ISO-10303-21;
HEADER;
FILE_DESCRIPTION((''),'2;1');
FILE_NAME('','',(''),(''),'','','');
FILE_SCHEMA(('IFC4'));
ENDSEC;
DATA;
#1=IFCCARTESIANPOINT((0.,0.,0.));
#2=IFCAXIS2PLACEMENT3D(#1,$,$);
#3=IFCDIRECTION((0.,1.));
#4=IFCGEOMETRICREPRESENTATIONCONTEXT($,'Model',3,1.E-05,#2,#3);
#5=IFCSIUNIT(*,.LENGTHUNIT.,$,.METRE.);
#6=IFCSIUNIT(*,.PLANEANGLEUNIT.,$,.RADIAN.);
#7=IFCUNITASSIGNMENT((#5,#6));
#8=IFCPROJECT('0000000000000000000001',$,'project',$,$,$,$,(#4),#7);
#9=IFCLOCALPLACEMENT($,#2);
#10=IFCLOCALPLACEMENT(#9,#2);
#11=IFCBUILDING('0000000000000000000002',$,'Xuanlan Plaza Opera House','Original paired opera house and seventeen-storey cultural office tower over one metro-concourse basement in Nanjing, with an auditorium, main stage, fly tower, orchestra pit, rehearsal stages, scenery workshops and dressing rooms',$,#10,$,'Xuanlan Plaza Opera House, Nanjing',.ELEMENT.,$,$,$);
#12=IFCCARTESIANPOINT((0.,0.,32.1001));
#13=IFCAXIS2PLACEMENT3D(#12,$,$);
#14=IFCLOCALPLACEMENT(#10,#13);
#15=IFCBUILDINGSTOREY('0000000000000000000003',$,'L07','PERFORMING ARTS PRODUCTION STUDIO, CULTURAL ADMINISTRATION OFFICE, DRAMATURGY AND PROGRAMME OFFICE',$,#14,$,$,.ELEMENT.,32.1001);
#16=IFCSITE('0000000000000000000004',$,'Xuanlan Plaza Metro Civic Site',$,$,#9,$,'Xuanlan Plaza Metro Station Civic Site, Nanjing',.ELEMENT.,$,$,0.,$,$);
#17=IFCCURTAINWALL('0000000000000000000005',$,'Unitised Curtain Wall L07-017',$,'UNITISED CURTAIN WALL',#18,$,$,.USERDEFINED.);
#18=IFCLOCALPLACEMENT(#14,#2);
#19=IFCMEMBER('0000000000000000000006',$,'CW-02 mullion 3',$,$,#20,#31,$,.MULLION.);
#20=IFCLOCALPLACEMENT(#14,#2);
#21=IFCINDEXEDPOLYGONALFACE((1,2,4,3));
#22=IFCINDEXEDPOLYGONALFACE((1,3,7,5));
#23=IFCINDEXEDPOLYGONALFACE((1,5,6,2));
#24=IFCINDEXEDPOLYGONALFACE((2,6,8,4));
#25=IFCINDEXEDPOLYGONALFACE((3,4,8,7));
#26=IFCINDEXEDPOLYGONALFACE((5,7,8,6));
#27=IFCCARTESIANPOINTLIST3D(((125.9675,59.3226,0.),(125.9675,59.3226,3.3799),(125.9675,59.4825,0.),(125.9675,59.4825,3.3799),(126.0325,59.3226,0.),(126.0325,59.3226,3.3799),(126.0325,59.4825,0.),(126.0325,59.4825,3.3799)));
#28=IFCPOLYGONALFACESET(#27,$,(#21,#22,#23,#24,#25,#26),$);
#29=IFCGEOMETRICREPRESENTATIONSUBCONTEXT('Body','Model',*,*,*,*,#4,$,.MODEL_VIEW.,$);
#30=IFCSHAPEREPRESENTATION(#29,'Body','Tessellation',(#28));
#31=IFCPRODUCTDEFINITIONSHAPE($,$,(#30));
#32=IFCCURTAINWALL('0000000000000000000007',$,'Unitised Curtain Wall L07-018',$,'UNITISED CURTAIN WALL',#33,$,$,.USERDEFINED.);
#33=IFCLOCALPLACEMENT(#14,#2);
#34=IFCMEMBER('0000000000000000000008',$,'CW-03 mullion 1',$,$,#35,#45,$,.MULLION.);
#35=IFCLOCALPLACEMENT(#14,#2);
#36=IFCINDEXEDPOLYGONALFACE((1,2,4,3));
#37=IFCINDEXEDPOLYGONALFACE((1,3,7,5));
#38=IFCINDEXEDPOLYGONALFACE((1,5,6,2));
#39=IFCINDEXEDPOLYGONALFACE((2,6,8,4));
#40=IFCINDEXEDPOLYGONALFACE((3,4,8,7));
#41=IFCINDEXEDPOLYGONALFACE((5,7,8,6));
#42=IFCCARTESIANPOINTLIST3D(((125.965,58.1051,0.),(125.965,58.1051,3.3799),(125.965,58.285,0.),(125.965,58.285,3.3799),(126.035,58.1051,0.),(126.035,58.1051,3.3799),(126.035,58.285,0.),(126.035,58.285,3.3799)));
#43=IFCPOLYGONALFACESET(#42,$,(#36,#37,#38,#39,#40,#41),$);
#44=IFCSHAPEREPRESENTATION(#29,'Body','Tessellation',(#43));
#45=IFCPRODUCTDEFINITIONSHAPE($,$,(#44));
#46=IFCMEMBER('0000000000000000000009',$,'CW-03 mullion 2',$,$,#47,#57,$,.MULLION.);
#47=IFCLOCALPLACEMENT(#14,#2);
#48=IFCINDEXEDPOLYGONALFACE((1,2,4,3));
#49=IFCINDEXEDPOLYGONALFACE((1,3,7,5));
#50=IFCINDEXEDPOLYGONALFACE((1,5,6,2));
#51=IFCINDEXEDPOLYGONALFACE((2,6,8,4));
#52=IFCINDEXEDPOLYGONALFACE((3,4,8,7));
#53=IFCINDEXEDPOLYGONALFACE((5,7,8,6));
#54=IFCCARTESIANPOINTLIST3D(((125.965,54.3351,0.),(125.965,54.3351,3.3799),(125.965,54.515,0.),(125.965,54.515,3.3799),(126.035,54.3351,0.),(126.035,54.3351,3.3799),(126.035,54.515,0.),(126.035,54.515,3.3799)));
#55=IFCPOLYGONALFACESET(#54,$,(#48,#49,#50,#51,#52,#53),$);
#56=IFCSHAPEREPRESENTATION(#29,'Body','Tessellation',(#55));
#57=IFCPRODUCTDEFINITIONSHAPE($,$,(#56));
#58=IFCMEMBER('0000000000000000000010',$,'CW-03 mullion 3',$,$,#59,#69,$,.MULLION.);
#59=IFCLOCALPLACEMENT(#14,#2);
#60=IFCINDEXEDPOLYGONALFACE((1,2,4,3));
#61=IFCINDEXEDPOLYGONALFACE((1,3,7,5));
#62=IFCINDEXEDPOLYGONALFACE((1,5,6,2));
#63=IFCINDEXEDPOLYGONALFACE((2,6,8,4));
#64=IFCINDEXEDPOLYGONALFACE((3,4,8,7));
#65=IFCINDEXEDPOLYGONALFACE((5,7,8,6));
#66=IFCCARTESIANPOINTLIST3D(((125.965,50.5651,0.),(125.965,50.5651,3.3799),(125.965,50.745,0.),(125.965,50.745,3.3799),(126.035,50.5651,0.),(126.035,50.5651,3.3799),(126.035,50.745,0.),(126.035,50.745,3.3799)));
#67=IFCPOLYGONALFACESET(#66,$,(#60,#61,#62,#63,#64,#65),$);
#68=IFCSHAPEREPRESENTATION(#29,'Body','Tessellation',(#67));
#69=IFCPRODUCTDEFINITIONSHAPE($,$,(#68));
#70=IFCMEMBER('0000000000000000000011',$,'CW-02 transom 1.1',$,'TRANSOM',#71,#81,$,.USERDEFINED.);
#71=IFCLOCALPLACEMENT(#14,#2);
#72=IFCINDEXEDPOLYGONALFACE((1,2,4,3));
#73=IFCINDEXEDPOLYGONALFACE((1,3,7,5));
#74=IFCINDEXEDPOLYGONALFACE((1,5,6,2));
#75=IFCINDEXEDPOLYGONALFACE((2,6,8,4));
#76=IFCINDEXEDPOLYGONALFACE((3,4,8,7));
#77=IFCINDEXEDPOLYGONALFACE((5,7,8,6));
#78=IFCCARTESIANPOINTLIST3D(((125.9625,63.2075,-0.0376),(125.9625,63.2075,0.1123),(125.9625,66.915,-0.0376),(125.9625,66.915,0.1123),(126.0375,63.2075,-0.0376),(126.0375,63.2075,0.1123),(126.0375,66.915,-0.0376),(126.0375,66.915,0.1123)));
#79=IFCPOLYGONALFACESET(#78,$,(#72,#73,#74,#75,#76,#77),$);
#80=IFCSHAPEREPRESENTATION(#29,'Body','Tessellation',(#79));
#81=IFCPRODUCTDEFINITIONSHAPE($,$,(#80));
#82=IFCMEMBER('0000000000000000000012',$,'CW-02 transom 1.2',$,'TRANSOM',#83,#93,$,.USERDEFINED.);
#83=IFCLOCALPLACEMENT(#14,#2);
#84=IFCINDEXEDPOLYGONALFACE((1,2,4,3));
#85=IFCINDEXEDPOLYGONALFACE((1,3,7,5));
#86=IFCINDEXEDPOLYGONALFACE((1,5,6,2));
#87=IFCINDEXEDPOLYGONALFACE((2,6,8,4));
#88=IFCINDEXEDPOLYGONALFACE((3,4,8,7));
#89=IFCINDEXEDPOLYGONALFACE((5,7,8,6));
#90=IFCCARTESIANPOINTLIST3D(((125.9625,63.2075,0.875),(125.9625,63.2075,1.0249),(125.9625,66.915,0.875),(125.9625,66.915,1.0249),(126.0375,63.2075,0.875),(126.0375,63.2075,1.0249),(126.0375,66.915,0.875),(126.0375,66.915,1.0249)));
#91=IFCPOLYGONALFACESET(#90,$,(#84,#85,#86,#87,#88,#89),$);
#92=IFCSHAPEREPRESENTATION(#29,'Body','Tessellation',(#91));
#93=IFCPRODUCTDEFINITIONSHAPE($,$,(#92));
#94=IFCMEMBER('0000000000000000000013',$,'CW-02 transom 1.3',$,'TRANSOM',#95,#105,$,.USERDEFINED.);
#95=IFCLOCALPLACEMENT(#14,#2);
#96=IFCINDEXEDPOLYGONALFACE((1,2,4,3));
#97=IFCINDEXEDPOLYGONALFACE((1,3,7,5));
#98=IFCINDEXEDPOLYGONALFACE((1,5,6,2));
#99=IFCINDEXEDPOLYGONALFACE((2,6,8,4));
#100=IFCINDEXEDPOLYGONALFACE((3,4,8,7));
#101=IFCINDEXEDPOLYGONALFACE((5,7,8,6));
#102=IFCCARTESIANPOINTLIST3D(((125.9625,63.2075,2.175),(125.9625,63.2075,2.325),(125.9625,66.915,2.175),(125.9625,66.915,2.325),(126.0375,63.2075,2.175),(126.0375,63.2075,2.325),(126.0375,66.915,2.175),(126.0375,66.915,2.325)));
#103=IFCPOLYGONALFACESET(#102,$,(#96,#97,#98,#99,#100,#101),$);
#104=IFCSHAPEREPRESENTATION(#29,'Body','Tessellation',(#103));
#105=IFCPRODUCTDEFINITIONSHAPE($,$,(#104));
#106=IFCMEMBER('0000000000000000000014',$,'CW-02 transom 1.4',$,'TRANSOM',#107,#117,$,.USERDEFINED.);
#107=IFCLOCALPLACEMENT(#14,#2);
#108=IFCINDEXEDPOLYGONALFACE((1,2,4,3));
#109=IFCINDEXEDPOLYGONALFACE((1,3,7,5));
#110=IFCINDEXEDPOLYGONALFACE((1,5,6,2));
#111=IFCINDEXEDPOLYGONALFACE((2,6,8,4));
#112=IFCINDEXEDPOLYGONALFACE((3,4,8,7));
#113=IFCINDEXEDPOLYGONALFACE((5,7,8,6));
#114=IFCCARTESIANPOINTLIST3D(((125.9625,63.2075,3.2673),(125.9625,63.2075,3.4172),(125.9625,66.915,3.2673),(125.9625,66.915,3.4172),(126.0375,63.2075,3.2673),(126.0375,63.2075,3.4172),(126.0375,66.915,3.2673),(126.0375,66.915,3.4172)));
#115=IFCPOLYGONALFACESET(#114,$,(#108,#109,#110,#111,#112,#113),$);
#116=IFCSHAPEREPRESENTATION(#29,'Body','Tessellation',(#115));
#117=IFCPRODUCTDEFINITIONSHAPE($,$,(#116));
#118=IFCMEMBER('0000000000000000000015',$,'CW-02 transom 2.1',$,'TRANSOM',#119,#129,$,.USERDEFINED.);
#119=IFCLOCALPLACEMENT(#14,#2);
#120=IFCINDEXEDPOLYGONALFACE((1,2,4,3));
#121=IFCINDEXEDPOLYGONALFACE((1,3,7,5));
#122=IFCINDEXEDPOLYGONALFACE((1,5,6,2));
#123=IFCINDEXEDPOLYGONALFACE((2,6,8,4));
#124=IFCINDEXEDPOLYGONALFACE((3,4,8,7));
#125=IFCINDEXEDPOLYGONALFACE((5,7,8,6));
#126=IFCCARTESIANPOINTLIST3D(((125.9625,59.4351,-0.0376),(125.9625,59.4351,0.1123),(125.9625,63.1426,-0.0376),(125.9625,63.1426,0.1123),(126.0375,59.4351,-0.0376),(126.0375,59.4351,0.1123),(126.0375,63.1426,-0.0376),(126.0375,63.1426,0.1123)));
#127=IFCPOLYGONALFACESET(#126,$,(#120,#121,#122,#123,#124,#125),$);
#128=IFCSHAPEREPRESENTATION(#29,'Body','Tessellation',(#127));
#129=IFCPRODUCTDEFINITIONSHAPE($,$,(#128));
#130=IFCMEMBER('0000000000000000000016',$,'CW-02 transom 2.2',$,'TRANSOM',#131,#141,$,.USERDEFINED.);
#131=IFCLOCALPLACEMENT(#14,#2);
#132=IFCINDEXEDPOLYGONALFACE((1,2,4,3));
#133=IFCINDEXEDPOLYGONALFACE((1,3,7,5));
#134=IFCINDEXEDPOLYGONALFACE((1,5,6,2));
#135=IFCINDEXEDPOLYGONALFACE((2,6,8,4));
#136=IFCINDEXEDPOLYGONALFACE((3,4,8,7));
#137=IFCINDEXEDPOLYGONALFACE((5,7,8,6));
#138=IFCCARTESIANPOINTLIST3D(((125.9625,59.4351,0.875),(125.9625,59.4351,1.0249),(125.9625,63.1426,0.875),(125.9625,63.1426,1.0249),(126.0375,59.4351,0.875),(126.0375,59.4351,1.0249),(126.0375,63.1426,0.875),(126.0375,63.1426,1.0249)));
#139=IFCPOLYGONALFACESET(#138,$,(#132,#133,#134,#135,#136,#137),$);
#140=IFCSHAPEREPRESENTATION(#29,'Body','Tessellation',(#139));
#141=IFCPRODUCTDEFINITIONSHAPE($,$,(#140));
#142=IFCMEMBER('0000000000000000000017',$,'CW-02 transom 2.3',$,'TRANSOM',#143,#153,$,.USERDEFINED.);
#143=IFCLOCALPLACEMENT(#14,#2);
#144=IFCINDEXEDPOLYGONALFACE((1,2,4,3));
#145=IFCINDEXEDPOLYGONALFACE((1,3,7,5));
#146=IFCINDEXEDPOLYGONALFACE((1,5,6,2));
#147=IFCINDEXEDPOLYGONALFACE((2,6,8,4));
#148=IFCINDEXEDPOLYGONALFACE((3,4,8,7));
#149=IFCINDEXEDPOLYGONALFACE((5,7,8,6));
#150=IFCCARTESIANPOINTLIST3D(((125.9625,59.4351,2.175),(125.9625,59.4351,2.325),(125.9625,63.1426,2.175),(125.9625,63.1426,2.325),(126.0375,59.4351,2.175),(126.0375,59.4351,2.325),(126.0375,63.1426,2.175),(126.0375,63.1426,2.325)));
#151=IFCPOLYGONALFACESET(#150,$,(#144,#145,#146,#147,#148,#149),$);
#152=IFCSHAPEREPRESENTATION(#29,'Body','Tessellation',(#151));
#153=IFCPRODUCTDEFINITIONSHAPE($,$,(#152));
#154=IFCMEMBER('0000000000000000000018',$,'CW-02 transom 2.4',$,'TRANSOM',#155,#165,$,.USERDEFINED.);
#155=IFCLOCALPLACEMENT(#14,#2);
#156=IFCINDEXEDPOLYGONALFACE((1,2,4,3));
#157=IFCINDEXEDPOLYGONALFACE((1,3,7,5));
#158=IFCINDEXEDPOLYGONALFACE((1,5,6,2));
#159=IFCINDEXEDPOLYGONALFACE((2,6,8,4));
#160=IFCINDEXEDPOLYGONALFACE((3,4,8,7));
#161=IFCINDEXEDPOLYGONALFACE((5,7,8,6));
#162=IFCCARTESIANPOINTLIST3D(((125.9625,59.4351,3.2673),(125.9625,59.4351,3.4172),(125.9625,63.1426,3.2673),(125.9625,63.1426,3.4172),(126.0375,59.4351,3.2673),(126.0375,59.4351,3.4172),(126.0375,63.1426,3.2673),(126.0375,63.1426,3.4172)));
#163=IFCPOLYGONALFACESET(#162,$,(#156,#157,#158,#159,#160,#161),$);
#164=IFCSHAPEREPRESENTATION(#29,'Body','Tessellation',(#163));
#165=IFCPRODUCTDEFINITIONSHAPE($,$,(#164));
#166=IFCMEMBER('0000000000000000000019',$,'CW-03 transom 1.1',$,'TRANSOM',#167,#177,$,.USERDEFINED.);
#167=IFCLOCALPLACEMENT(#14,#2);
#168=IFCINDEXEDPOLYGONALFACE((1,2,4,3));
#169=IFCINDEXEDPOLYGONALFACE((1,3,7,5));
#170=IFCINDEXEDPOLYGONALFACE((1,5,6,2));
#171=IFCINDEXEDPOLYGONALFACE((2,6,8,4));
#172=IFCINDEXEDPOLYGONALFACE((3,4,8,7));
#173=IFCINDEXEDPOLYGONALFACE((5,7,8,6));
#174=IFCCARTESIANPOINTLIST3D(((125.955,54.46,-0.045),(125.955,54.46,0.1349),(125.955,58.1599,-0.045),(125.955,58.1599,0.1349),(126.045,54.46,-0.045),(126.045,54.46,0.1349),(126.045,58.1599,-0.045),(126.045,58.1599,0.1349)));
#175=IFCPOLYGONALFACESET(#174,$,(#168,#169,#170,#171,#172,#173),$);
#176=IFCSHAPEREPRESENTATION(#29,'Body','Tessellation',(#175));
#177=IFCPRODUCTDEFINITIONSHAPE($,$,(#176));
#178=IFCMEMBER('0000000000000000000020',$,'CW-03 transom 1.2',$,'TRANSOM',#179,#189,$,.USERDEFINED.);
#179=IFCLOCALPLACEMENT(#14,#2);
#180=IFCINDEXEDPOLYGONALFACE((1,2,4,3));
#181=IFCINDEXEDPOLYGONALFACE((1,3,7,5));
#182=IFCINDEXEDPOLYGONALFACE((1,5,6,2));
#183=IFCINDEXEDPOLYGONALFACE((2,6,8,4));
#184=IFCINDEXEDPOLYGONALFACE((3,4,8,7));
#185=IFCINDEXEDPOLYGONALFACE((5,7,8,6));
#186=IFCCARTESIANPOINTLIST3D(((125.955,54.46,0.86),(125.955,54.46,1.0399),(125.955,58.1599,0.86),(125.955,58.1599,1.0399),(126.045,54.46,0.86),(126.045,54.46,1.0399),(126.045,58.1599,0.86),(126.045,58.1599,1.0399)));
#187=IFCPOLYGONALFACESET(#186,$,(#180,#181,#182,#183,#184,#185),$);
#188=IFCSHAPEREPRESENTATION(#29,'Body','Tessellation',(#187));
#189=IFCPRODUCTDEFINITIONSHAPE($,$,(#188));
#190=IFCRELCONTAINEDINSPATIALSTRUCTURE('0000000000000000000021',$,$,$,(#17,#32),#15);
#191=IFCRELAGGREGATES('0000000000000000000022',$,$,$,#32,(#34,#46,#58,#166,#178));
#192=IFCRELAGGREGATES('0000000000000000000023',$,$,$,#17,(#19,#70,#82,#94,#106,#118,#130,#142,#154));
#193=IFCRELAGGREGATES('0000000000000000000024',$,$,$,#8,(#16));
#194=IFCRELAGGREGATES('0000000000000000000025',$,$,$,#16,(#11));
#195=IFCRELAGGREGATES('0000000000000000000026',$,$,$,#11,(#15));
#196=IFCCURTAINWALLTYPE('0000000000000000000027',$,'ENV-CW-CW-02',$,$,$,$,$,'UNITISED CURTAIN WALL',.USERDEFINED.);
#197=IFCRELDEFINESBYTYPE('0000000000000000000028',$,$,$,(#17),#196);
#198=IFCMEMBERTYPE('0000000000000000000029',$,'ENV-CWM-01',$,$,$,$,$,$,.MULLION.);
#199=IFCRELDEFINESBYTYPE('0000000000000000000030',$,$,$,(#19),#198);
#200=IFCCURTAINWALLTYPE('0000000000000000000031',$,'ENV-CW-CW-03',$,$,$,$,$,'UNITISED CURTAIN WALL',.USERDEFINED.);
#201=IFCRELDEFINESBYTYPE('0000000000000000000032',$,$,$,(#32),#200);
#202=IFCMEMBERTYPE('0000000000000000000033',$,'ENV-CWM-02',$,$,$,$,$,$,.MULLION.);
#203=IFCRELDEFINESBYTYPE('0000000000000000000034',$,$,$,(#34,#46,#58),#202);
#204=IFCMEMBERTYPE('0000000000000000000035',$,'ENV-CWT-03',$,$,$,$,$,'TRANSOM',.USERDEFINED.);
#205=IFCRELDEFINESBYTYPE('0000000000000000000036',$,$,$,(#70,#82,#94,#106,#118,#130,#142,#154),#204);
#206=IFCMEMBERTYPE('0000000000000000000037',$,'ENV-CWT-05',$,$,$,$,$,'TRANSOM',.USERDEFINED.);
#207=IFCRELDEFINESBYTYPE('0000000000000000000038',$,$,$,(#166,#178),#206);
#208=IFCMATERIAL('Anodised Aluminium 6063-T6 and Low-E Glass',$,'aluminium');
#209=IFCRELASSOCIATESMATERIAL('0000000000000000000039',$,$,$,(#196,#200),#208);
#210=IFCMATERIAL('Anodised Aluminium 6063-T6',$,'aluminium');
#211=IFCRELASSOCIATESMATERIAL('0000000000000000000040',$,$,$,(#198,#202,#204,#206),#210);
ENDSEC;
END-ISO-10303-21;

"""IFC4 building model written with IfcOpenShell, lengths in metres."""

from ifc_helpers import new_model, si_unit, direction, frame, origin, origin_2d, place, context, subcontext, project, spatial, rectangle, extrude, material, material_profile, profile_set, type_object, element, aggregate, save


model = new_model("IFC4")

# Units and contexts
model_context = context("Model", 3, precision=1e-05, world=origin(), true_north=direction((0.0, 1.0)))
body_context = subcontext(model_context, "Body", "Model", "MODEL_VIEW")
ifc_project = project(units=[si_unit("LENGTHUNIT", "METRE"), si_unit("PLANEANGLEUNIT", "RADIAN")], contexts=[model_context])

# Site, building, storey
site_placement = place(None, origin())
site = spatial("IfcSite", under=ifc_project, at=site_placement, Name="Xuanlan Plaza Metro Civic Site", LongName="Xuanlan Plaza Metro Station Civic Site, Nanjing", CompositionType="ELEMENT", RefElevation=0.0)
building_placement = place(site_placement, origin())
building = spatial("IfcBuilding", under=site, at=building_placement, Name="Xuanlan Plaza Opera House", Description="Original paired opera house and seventeen-storey cultural office tower over one metro-concourse basement in Nanjing, with an auditorium, main stage, fly tower, orchestra pit, rehearsal stages, scenery workshops and dressing rooms", LongName="Xuanlan Plaza Opera House, Nanjing", CompositionType="ELEMENT")
storey_placement = place(building_placement, frame((0.0, 0.0, 32.1001)))
storey = spatial("IfcBuildingStorey", under=building, at=storey_placement, Name="L07", Description="PERFORMING ARTS PRODUCTION STUDIO, CULTURAL ADMINISTRATION OFFICE, DRAMATURGY AND PROGRAMME OFFICE", CompositionType="ELEMENT", Elevation=32.1001)

# Curtain walls, members
ifc_material_1 = material(Name="Anodised Aluminium 6063-T6 and Low-E Glass", Category="aluminium")
curtain_wall_type_1 = type_object("IfcCurtainWallType", Name="ENV-CW-CW-02", ElementType="UNITISED CURTAIN WALL", PredefinedType="USERDEFINED", material=ifc_material_1)
curtain_wall_1_placement = place(storey_placement, origin())
curtain_wall_1 = element("IfcCurtainWall", 1, at=curtain_wall_1_placement, inside=storey, type_object=curtain_wall_type_1, Name="Unitised Curtain Wall L07-017", ObjectType="UNITISED CURTAIN WALL", PredefinedType="USERDEFINED")
ifc_material_2 = material(Name="Anodised Aluminium 6063-T6", Category="aluminium")
ifc_material_profile_1 = material_profile(ifc_material_2, rectangle(XDim=0.0649, YDim=0.1599, at=origin_2d()), Name="ALU-M 65x160")
ifc_profile_set_1 = profile_set([ifc_material_profile_1], Name="Anodised Aluminium 6063-T6")
member_type_1 = type_object("IfcMemberType", Name="ENV-CWM-01", PredefinedType="MULLION", material=ifc_profile_set_1)
member_1_placement = place(storey_placement, frame((126.0, 59.4026, 0.0), z_axis=(0.0, 0.0, 1.0), x_axis=(1.0, 0.0, 0.0)))
member_1 = element("IfcMember", 2, at=member_1_placement, type_object=member_type_1, Name="CW-02 mullion 3", PredefinedType="MULLION", context=body_context, shape_type="SweptSolid", body=[
    extrude(rectangle(XDim=0.0649, YDim=0.1599, at=origin_2d()), origin(), (0.0, 0.0, 1.0), 3.3799),
])
curtain_wall_type_2 = type_object("IfcCurtainWallType", Name="ENV-CW-CW-03", ElementType="UNITISED CURTAIN WALL", PredefinedType="USERDEFINED", material=ifc_material_1)
curtain_wall_2_placement = place(storey_placement, origin())
curtain_wall_2 = element("IfcCurtainWall", 3, at=curtain_wall_2_placement, inside=storey, type_object=curtain_wall_type_2, Name="Unitised Curtain Wall L07-018", ObjectType="UNITISED CURTAIN WALL", PredefinedType="USERDEFINED")
ifc_material_profile_2 = material_profile(ifc_material_2, rectangle(XDim=0.0701, YDim=0.1799, at=origin_2d()), Name="ALU-M 70x180")
ifc_profile_set_2 = profile_set([ifc_material_profile_2], Name="Anodised Aluminium 6063-T6")
member_type_2 = type_object("IfcMemberType", Name="ENV-CWM-02", PredefinedType="MULLION", material=ifc_profile_set_2)
member_2_placement = place(storey_placement, frame((126.0, 58.1951, 0.0), z_axis=(0.0, 0.0, 1.0), x_axis=(1.0, 0.0, 0.0)))
member_2 = element("IfcMember", 4, at=member_2_placement, type_object=member_type_2, Name="CW-03 mullion 1", PredefinedType="MULLION", context=body_context, shape_type="SweptSolid", body=[
    extrude(rectangle(XDim=0.0701, YDim=0.1799, at=origin_2d()), origin(), (0.0, 0.0, 1.0), 3.3799),
])
member_3_placement = place(storey_placement, frame((126.0, 54.425, 0.0), z_axis=(0.0, 0.0, 1.0), x_axis=(1.0, 0.0, 0.0)))
member_3 = element("IfcMember", 5, at=member_3_placement, type_object=member_type_2, Name="CW-03 mullion 2", PredefinedType="MULLION", context=body_context, shape_type="SweptSolid", body=[
    extrude(rectangle(XDim=0.0701, YDim=0.1799, at=origin_2d()), origin(), (0.0, 0.0, 1.0), 3.3799),
])
member_4_placement = place(storey_placement, frame((126.0, 50.655, 0.0), z_axis=(0.0, 0.0, 1.0), x_axis=(1.0, 0.0, 0.0)))
member_4 = element("IfcMember", 6, at=member_4_placement, type_object=member_type_2, Name="CW-03 mullion 3", PredefinedType="MULLION", context=body_context, shape_type="SweptSolid", body=[
    extrude(rectangle(XDim=0.0701, YDim=0.1799, at=origin_2d()), origin(), (0.0, 0.0, 1.0), 3.3799),
])

# Members
ifc_material_profile_3 = material_profile(ifc_material_2, rectangle(XDim=0.075, YDim=0.1499, at=origin_2d()), Name="ALU-T 75x150")
ifc_profile_set_3 = profile_set([ifc_material_profile_3], Name="Anodised Aluminium 6063-T6")
member_type_3 = type_object("IfcMemberType", Name="ENV-CWT-03", ElementType="TRANSOM", PredefinedType="USERDEFINED", material=ifc_profile_set_3)
member_5_placement = place(storey_placement, frame((126.0, 66.915, 0.0374), z_axis=(0.0, -1.0, 0.0), x_axis=(1.0, 0.0, 0.0)))
member_5 = element("IfcMember", 7, at=member_5_placement, type_object=member_type_3, Name="CW-02 transom 1.1", ObjectType="TRANSOM", PredefinedType="USERDEFINED", context=body_context, shape_type="SweptSolid", body=[
    extrude(rectangle(XDim=0.075, YDim=0.1499, at=origin_2d()), origin(), (0.0, 0.0, 1.0), 3.7075),
])
member_6_placement = place(storey_placement, frame((126.0, 66.915, 0.95), z_axis=(0.0, -1.0, 0.0), x_axis=(1.0, 0.0, 0.0)))
member_6 = element("IfcMember", 8, at=member_6_placement, type_object=member_type_3, Name="CW-02 transom 1.2", ObjectType="TRANSOM", PredefinedType="USERDEFINED", context=body_context, shape_type="SweptSolid", body=[
    extrude(rectangle(XDim=0.075, YDim=0.1499, at=origin_2d()), origin(), (0.0, 0.0, 1.0), 3.7075),
])
member_7_placement = place(storey_placement, frame((126.0, 66.915, 2.25), z_axis=(0.0, -1.0, 0.0), x_axis=(1.0, 0.0, 0.0)))
member_7 = element("IfcMember", 9, at=member_7_placement, type_object=member_type_3, Name="CW-02 transom 1.3", ObjectType="TRANSOM", PredefinedType="USERDEFINED", context=body_context, shape_type="SweptSolid", body=[
    extrude(rectangle(XDim=0.075, YDim=0.1499, at=origin_2d()), origin(), (0.0, 0.0, 1.0), 3.7075),
])
member_8_placement = place(storey_placement, frame((126.0, 66.915, 3.3423), z_axis=(0.0, -1.0, 0.0), x_axis=(1.0, 0.0, 0.0)))
member_8 = element("IfcMember", 10, at=member_8_placement, type_object=member_type_3, Name="CW-02 transom 1.4", ObjectType="TRANSOM", PredefinedType="USERDEFINED", context=body_context, shape_type="SweptSolid", body=[
    extrude(rectangle(XDim=0.075, YDim=0.1499, at=origin_2d()), origin(), (0.0, 0.0, 1.0), 3.7075),
])
member_9_placement = place(storey_placement, frame((126.0, 63.1426, 0.0374), z_axis=(0.0, -1.0, 0.0), x_axis=(1.0, 0.0, 0.0)))
member_9 = element("IfcMember", 11, at=member_9_placement, type_object=member_type_3, Name="CW-02 transom 2.1", ObjectType="TRANSOM", PredefinedType="USERDEFINED", context=body_context, shape_type="SweptSolid", body=[
    extrude(rectangle(XDim=0.075, YDim=0.1499, at=origin_2d()), origin(), (0.0, 0.0, 1.0), 3.7075),
])
member_10_placement = place(storey_placement, frame((126.0, 63.1426, 0.95), z_axis=(0.0, -1.0, 0.0), x_axis=(1.0, 0.0, 0.0)))
member_10 = element("IfcMember", 12, at=member_10_placement, type_object=member_type_3, Name="CW-02 transom 2.2", ObjectType="TRANSOM", PredefinedType="USERDEFINED", context=body_context, shape_type="SweptSolid", body=[
    extrude(rectangle(XDim=0.075, YDim=0.1499, at=origin_2d()), origin(), (0.0, 0.0, 1.0), 3.7075),
])
member_11_placement = place(storey_placement, frame((126.0, 63.1426, 2.25), z_axis=(0.0, -1.0, 0.0), x_axis=(1.0, 0.0, 0.0)))
member_11 = element("IfcMember", 13, at=member_11_placement, type_object=member_type_3, Name="CW-02 transom 2.3", ObjectType="TRANSOM", PredefinedType="USERDEFINED", context=body_context, shape_type="SweptSolid", body=[
    extrude(rectangle(XDim=0.075, YDim=0.1499, at=origin_2d()), origin(), (0.0, 0.0, 1.0), 3.7075),
])
member_12_placement = place(storey_placement, frame((126.0, 63.1426, 3.3423), z_axis=(0.0, -1.0, 0.0), x_axis=(1.0, 0.0, 0.0)))
member_12 = element("IfcMember", 14, at=member_12_placement, type_object=member_type_3, Name="CW-02 transom 2.4", ObjectType="TRANSOM", PredefinedType="USERDEFINED", context=body_context, shape_type="SweptSolid", body=[
    extrude(rectangle(XDim=0.075, YDim=0.1499, at=origin_2d()), origin(), (0.0, 0.0, 1.0), 3.7075),
])
ifc_material_profile_4 = material_profile(ifc_material_2, rectangle(XDim=0.0901, YDim=0.1799, at=origin_2d()), Name="ALU-T 90x180")
ifc_profile_set_4 = profile_set([ifc_material_profile_4], Name="Anodised Aluminium 6063-T6")
member_type_4 = type_object("IfcMemberType", Name="ENV-CWT-05", ElementType="TRANSOM", PredefinedType="USERDEFINED", material=ifc_profile_set_4)
member_13_placement = place(storey_placement, frame((126.0, 58.1599, 0.0449), z_axis=(0.0, -1.0, 0.0), x_axis=(1.0, 0.0, 0.0)))
member_13 = element("IfcMember", 15, at=member_13_placement, type_object=member_type_4, Name="CW-03 transom 1.1", ObjectType="TRANSOM", PredefinedType="USERDEFINED", context=body_context, shape_type="SweptSolid", body=[
    extrude(rectangle(XDim=0.0901, YDim=0.1799, at=origin_2d()), origin(), (0.0, 0.0, 1.0), 3.7),
])
member_14_placement = place(storey_placement, frame((126.0, 58.1599, 0.95), z_axis=(0.0, -1.0, 0.0), x_axis=(1.0, 0.0, 0.0)))
member_14 = element("IfcMember", 16, at=member_14_placement, type_object=member_type_4, Name="CW-03 transom 1.2", ObjectType="TRANSOM", PredefinedType="USERDEFINED", context=body_context, shape_type="SweptSolid", body=[
    extrude(rectangle(XDim=0.0901, YDim=0.1799, at=origin_2d()), origin(), (0.0, 0.0, 1.0), 3.7),
])
aggregate(curtain_wall_2, [member_2, member_3, member_4, member_13, member_14])

aggregate(curtain_wall_1, [member_1, member_5, member_6, member_7, member_8, member_9, member_10, member_11, member_12])

save(model, "model.ifc")
